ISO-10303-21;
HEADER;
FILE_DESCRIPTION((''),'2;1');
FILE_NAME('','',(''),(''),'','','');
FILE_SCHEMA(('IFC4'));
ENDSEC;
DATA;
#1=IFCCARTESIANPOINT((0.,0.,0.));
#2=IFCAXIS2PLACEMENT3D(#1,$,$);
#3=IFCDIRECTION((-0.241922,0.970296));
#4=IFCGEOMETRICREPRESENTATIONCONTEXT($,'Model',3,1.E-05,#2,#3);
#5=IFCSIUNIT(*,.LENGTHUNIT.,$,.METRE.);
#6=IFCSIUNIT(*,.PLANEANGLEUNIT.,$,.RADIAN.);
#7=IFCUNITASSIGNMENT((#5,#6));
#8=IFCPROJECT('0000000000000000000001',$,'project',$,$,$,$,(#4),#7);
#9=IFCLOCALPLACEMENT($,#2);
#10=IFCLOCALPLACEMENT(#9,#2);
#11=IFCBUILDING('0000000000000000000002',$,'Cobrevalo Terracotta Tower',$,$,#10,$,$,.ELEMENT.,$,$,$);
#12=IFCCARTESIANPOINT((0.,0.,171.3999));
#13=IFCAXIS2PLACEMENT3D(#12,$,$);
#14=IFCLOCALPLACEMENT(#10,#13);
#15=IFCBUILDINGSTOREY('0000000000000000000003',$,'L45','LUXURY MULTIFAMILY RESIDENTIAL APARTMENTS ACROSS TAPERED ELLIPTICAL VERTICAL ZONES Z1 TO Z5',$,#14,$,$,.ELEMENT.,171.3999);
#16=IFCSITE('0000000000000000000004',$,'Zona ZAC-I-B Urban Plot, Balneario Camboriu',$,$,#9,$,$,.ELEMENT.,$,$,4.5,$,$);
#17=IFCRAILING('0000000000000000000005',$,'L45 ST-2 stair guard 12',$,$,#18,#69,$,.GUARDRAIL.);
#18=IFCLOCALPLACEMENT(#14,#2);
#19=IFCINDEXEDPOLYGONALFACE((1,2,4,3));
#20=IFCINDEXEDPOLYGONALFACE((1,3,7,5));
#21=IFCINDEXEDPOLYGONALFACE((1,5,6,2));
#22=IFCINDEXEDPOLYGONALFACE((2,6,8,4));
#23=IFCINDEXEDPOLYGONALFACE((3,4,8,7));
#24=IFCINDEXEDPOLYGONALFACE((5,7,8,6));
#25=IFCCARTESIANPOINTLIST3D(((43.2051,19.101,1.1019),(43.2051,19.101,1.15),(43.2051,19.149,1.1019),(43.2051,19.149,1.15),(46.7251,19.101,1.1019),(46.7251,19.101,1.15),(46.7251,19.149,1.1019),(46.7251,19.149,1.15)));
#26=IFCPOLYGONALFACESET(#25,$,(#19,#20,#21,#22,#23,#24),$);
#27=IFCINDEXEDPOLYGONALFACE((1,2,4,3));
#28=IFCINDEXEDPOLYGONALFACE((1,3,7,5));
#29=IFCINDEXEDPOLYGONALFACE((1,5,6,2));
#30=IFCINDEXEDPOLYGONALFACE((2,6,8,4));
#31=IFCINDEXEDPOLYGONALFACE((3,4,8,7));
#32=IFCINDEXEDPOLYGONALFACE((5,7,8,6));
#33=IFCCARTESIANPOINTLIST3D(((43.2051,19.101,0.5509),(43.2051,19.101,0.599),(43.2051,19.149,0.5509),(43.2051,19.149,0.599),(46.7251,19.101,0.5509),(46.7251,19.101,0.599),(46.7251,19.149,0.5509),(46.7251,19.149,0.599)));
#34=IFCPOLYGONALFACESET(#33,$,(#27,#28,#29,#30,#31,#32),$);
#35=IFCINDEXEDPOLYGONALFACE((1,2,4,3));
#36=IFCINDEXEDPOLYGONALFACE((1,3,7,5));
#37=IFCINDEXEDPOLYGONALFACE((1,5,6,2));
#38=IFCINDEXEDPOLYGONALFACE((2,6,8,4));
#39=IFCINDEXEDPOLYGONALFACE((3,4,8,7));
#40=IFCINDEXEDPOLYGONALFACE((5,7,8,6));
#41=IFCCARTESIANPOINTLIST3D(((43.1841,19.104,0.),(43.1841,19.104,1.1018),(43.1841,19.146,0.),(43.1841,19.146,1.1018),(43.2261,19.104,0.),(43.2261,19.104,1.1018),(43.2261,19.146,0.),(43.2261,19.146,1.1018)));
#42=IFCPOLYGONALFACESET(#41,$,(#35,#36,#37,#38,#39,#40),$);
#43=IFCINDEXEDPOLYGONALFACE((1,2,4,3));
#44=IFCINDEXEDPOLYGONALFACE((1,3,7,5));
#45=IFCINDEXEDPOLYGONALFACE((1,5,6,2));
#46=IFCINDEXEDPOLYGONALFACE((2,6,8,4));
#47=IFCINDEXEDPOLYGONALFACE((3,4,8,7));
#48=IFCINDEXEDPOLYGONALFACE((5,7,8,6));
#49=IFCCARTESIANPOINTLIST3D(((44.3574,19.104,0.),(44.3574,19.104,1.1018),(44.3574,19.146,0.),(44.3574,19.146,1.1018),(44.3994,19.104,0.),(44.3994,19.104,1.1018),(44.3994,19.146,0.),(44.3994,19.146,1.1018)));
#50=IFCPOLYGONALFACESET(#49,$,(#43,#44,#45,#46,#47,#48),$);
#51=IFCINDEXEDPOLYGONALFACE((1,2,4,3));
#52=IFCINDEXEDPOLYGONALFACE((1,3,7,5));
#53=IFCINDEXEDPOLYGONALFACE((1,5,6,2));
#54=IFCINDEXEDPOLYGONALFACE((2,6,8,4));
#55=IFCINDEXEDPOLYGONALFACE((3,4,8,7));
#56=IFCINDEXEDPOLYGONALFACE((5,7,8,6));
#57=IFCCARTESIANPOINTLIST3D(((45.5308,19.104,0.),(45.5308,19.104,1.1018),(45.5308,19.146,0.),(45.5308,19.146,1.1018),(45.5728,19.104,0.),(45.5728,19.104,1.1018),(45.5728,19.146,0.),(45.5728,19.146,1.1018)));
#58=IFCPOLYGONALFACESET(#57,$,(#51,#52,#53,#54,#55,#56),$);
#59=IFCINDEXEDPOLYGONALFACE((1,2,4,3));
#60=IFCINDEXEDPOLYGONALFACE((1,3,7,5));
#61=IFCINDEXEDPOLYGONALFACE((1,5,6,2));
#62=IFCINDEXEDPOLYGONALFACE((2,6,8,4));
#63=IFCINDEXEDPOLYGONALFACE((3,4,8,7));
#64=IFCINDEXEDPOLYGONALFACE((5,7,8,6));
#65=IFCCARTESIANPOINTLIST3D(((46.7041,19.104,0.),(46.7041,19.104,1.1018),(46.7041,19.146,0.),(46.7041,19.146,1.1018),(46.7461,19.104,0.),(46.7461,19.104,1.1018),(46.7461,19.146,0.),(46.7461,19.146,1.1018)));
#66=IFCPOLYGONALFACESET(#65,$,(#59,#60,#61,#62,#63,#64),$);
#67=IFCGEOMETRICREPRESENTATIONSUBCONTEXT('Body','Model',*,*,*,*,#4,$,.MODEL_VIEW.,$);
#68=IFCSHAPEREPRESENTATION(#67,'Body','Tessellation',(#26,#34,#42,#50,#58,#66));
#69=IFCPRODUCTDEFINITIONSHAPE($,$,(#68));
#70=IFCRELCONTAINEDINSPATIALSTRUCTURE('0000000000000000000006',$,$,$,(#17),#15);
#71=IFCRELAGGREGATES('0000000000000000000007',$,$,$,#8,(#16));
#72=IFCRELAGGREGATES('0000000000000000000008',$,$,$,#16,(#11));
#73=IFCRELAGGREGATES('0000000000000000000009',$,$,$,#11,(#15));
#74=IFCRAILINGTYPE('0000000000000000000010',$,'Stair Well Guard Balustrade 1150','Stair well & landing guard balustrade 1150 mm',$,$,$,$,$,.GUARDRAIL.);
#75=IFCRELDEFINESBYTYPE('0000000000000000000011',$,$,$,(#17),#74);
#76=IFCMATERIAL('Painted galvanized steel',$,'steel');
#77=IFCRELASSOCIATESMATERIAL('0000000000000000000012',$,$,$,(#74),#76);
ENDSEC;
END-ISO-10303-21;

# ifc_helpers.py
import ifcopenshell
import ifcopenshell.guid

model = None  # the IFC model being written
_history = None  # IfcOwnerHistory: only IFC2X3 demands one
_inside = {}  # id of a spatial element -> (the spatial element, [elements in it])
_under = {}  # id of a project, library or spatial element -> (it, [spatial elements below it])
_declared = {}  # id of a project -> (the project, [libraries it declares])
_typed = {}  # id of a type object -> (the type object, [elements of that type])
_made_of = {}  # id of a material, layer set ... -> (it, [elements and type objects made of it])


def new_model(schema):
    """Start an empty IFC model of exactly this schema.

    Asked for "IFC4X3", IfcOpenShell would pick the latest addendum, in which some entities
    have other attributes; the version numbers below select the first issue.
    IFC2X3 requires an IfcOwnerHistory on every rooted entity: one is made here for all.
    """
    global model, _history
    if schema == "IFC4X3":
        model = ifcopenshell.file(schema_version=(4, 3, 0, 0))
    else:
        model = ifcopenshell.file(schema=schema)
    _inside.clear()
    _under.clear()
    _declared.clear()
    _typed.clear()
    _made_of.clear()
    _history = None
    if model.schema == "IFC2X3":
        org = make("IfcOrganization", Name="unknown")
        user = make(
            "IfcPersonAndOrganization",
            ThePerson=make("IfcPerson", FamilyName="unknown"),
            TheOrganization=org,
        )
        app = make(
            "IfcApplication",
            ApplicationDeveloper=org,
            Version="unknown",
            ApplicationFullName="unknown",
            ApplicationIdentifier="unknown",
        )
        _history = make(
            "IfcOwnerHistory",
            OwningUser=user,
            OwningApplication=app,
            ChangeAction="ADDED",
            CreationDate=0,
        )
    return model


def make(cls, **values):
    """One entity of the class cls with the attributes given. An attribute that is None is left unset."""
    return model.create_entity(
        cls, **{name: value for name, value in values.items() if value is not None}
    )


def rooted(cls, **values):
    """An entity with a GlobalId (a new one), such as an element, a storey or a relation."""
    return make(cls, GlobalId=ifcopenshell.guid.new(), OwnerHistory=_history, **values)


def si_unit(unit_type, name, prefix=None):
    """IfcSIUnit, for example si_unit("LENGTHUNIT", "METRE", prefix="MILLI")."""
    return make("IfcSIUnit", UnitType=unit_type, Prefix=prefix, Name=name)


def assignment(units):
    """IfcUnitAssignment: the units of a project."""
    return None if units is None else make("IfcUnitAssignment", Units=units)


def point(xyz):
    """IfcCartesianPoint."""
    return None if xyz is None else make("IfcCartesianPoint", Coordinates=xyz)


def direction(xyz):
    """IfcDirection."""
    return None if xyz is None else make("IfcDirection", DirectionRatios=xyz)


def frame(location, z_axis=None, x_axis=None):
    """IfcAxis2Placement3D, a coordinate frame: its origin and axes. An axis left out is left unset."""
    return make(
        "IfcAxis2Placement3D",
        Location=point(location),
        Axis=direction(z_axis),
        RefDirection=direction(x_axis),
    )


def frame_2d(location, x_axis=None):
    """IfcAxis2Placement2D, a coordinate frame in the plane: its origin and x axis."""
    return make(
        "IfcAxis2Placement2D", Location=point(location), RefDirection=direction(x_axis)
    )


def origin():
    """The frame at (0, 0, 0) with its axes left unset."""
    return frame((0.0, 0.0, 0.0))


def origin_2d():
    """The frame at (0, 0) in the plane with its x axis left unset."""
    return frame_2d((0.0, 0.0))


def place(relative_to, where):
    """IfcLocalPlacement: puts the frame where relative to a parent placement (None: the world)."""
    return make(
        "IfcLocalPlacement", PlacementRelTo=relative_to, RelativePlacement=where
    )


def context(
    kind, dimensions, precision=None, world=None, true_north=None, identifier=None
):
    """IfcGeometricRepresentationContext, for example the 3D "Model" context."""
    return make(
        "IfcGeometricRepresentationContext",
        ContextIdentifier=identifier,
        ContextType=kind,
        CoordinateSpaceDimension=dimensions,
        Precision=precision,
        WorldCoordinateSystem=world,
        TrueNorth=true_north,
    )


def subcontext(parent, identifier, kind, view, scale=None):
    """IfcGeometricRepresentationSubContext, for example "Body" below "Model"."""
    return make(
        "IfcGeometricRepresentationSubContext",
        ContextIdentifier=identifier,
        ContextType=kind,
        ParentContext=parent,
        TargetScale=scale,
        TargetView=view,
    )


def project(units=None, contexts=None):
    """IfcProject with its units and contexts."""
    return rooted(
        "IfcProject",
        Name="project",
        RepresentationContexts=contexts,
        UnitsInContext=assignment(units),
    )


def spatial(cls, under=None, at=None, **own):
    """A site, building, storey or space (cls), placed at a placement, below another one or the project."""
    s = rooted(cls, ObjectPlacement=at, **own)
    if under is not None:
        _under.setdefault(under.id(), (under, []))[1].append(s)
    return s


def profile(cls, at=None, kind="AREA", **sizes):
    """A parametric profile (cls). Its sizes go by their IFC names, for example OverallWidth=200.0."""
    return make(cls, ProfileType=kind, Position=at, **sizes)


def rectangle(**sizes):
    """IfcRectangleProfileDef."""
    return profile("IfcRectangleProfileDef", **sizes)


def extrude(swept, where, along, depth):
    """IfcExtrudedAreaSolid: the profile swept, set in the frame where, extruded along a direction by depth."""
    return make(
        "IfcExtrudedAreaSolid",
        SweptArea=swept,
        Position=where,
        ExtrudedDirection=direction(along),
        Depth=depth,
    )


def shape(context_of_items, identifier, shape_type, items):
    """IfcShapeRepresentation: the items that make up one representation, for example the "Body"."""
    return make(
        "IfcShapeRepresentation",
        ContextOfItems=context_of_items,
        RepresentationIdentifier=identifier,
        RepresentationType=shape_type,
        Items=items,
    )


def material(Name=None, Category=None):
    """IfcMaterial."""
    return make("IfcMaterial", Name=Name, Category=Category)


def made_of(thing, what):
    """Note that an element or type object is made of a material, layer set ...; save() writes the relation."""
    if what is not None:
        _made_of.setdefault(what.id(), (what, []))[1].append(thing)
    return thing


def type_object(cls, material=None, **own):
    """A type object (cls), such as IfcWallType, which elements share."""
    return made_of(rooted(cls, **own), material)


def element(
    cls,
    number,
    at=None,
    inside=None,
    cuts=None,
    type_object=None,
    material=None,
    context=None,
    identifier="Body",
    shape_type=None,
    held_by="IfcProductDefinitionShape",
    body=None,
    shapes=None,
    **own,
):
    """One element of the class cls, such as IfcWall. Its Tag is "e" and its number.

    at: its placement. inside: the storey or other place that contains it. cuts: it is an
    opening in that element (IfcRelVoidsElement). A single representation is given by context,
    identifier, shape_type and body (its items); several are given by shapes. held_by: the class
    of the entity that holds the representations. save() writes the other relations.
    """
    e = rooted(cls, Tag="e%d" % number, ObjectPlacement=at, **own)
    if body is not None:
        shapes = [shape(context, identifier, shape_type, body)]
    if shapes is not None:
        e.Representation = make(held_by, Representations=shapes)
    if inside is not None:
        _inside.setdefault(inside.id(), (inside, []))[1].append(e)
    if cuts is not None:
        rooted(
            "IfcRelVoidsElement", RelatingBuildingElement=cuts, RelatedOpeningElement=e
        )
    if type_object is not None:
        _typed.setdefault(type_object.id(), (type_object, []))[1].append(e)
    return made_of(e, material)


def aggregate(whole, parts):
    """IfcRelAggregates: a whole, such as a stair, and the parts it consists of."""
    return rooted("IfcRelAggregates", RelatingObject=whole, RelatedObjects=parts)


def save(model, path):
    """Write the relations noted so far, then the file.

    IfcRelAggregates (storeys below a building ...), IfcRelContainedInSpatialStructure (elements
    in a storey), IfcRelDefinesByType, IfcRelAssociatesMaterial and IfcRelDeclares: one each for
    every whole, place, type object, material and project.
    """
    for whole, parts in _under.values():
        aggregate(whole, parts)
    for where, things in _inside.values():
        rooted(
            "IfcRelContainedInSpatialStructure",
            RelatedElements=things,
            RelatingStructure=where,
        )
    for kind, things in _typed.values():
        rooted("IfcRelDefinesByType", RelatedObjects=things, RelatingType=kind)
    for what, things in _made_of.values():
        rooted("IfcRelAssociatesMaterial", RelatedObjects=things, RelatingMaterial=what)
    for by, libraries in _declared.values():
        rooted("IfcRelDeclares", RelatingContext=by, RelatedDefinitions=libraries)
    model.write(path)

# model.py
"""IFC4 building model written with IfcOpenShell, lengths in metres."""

from ifc_helpers import new_model, si_unit, direction, frame, origin, origin_2d, place, context, subcontext, project, spatial, rectangle, extrude, material, type_object, element, save


model = new_model("IFC4")

# Units and contexts
model_context = context("Model", 3, precision=1e-05, world=origin(), true_north=direction((-0.241922, 0.970296)))
body_context = subcontext(model_context, "Body", "Model", "MODEL_VIEW")
ifc_project = project(units=[si_unit("LENGTHUNIT", "METRE"), si_unit("PLANEANGLEUNIT", "RADIAN")], contexts=[model_context])

# Site, building, storey
site_placement = place(None, origin())
site = spatial("IfcSite", under=ifc_project, at=site_placement, Name="Zona ZAC-I-B Urban Plot, Balneario Camboriu", CompositionType="ELEMENT", RefElevation=4.5)
building_placement = place(site_placement, origin())
building = spatial("IfcBuilding", under=site, at=building_placement, Name="Cobrevalo Terracotta Tower", CompositionType="ELEMENT")
storey_placement = place(building_placement, frame((0.0, 0.0, 171.3999)))
storey = spatial("IfcBuildingStorey", under=building, at=storey_placement, Name="L45", Description="LUXURY MULTIFAMILY RESIDENTIAL APARTMENTS ACROSS TAPERED ELLIPTICAL VERTICAL ZONES Z1 TO Z5", CompositionType="ELEMENT", Elevation=171.3999)

# Railing
ifc_material_1 = material(Name="Painted galvanized steel", Category="steel")
railing_type_1 = type_object("IfcRailingType", Name="Stair Well Guard Balustrade 1150", Description="Stair well & landing guard balustrade 1150 mm", PredefinedType="GUARDRAIL", material=ifc_material_1)
railing_1_placement = place(storey_placement, frame((43.2051, 19.125, 0.0)))
element("IfcRailing", 1, at=railing_1_placement, inside=storey, type_object=railing_type_1, Name="L45 ST-2 stair guard 12", PredefinedType="GUARDRAIL", context=body_context, shape_type="SweptSolid", body=[
    extrude(rectangle(XDim=0.0481, YDim=0.0481, at=origin_2d()), frame((0.0, 0.0, 1.126), z_axis=(1.0, 0.0, 0.0), x_axis=(0.0, 1.0, 0.0)), (0.0, 0.0, 1.0), 3.52),
    extrude(rectangle(XDim=0.0481, YDim=0.0481, at=origin_2d()), frame((0.0, 0.0, 0.575), z_axis=(1.0, 0.0, 0.0), x_axis=(0.0, 1.0, 0.0)), (0.0, 0.0, 1.0), 3.52),
    extrude(rectangle(XDim=0.042, YDim=0.042, at=origin_2d()), origin(), (0.0, 0.0, 1.0), 1.1018),
    extrude(rectangle(XDim=0.042, YDim=0.042, at=origin_2d()), frame((1.1733, 0.0, 0.0)), (0.0, 0.0, 1.0), 1.1018),
    extrude(rectangle(XDim=0.042, YDim=0.042, at=origin_2d()), frame((2.3467, 0.0, 0.0)), (0.0, 0.0, 1.0), 1.1018),
    extrude(rectangle(XDim=0.042, YDim=0.042, at=origin_2d()), frame((3.52, 0.0, 0.0)), (0.0, 0.0, 1.0), 1.1018),
])

save(model, "model.ifc")
